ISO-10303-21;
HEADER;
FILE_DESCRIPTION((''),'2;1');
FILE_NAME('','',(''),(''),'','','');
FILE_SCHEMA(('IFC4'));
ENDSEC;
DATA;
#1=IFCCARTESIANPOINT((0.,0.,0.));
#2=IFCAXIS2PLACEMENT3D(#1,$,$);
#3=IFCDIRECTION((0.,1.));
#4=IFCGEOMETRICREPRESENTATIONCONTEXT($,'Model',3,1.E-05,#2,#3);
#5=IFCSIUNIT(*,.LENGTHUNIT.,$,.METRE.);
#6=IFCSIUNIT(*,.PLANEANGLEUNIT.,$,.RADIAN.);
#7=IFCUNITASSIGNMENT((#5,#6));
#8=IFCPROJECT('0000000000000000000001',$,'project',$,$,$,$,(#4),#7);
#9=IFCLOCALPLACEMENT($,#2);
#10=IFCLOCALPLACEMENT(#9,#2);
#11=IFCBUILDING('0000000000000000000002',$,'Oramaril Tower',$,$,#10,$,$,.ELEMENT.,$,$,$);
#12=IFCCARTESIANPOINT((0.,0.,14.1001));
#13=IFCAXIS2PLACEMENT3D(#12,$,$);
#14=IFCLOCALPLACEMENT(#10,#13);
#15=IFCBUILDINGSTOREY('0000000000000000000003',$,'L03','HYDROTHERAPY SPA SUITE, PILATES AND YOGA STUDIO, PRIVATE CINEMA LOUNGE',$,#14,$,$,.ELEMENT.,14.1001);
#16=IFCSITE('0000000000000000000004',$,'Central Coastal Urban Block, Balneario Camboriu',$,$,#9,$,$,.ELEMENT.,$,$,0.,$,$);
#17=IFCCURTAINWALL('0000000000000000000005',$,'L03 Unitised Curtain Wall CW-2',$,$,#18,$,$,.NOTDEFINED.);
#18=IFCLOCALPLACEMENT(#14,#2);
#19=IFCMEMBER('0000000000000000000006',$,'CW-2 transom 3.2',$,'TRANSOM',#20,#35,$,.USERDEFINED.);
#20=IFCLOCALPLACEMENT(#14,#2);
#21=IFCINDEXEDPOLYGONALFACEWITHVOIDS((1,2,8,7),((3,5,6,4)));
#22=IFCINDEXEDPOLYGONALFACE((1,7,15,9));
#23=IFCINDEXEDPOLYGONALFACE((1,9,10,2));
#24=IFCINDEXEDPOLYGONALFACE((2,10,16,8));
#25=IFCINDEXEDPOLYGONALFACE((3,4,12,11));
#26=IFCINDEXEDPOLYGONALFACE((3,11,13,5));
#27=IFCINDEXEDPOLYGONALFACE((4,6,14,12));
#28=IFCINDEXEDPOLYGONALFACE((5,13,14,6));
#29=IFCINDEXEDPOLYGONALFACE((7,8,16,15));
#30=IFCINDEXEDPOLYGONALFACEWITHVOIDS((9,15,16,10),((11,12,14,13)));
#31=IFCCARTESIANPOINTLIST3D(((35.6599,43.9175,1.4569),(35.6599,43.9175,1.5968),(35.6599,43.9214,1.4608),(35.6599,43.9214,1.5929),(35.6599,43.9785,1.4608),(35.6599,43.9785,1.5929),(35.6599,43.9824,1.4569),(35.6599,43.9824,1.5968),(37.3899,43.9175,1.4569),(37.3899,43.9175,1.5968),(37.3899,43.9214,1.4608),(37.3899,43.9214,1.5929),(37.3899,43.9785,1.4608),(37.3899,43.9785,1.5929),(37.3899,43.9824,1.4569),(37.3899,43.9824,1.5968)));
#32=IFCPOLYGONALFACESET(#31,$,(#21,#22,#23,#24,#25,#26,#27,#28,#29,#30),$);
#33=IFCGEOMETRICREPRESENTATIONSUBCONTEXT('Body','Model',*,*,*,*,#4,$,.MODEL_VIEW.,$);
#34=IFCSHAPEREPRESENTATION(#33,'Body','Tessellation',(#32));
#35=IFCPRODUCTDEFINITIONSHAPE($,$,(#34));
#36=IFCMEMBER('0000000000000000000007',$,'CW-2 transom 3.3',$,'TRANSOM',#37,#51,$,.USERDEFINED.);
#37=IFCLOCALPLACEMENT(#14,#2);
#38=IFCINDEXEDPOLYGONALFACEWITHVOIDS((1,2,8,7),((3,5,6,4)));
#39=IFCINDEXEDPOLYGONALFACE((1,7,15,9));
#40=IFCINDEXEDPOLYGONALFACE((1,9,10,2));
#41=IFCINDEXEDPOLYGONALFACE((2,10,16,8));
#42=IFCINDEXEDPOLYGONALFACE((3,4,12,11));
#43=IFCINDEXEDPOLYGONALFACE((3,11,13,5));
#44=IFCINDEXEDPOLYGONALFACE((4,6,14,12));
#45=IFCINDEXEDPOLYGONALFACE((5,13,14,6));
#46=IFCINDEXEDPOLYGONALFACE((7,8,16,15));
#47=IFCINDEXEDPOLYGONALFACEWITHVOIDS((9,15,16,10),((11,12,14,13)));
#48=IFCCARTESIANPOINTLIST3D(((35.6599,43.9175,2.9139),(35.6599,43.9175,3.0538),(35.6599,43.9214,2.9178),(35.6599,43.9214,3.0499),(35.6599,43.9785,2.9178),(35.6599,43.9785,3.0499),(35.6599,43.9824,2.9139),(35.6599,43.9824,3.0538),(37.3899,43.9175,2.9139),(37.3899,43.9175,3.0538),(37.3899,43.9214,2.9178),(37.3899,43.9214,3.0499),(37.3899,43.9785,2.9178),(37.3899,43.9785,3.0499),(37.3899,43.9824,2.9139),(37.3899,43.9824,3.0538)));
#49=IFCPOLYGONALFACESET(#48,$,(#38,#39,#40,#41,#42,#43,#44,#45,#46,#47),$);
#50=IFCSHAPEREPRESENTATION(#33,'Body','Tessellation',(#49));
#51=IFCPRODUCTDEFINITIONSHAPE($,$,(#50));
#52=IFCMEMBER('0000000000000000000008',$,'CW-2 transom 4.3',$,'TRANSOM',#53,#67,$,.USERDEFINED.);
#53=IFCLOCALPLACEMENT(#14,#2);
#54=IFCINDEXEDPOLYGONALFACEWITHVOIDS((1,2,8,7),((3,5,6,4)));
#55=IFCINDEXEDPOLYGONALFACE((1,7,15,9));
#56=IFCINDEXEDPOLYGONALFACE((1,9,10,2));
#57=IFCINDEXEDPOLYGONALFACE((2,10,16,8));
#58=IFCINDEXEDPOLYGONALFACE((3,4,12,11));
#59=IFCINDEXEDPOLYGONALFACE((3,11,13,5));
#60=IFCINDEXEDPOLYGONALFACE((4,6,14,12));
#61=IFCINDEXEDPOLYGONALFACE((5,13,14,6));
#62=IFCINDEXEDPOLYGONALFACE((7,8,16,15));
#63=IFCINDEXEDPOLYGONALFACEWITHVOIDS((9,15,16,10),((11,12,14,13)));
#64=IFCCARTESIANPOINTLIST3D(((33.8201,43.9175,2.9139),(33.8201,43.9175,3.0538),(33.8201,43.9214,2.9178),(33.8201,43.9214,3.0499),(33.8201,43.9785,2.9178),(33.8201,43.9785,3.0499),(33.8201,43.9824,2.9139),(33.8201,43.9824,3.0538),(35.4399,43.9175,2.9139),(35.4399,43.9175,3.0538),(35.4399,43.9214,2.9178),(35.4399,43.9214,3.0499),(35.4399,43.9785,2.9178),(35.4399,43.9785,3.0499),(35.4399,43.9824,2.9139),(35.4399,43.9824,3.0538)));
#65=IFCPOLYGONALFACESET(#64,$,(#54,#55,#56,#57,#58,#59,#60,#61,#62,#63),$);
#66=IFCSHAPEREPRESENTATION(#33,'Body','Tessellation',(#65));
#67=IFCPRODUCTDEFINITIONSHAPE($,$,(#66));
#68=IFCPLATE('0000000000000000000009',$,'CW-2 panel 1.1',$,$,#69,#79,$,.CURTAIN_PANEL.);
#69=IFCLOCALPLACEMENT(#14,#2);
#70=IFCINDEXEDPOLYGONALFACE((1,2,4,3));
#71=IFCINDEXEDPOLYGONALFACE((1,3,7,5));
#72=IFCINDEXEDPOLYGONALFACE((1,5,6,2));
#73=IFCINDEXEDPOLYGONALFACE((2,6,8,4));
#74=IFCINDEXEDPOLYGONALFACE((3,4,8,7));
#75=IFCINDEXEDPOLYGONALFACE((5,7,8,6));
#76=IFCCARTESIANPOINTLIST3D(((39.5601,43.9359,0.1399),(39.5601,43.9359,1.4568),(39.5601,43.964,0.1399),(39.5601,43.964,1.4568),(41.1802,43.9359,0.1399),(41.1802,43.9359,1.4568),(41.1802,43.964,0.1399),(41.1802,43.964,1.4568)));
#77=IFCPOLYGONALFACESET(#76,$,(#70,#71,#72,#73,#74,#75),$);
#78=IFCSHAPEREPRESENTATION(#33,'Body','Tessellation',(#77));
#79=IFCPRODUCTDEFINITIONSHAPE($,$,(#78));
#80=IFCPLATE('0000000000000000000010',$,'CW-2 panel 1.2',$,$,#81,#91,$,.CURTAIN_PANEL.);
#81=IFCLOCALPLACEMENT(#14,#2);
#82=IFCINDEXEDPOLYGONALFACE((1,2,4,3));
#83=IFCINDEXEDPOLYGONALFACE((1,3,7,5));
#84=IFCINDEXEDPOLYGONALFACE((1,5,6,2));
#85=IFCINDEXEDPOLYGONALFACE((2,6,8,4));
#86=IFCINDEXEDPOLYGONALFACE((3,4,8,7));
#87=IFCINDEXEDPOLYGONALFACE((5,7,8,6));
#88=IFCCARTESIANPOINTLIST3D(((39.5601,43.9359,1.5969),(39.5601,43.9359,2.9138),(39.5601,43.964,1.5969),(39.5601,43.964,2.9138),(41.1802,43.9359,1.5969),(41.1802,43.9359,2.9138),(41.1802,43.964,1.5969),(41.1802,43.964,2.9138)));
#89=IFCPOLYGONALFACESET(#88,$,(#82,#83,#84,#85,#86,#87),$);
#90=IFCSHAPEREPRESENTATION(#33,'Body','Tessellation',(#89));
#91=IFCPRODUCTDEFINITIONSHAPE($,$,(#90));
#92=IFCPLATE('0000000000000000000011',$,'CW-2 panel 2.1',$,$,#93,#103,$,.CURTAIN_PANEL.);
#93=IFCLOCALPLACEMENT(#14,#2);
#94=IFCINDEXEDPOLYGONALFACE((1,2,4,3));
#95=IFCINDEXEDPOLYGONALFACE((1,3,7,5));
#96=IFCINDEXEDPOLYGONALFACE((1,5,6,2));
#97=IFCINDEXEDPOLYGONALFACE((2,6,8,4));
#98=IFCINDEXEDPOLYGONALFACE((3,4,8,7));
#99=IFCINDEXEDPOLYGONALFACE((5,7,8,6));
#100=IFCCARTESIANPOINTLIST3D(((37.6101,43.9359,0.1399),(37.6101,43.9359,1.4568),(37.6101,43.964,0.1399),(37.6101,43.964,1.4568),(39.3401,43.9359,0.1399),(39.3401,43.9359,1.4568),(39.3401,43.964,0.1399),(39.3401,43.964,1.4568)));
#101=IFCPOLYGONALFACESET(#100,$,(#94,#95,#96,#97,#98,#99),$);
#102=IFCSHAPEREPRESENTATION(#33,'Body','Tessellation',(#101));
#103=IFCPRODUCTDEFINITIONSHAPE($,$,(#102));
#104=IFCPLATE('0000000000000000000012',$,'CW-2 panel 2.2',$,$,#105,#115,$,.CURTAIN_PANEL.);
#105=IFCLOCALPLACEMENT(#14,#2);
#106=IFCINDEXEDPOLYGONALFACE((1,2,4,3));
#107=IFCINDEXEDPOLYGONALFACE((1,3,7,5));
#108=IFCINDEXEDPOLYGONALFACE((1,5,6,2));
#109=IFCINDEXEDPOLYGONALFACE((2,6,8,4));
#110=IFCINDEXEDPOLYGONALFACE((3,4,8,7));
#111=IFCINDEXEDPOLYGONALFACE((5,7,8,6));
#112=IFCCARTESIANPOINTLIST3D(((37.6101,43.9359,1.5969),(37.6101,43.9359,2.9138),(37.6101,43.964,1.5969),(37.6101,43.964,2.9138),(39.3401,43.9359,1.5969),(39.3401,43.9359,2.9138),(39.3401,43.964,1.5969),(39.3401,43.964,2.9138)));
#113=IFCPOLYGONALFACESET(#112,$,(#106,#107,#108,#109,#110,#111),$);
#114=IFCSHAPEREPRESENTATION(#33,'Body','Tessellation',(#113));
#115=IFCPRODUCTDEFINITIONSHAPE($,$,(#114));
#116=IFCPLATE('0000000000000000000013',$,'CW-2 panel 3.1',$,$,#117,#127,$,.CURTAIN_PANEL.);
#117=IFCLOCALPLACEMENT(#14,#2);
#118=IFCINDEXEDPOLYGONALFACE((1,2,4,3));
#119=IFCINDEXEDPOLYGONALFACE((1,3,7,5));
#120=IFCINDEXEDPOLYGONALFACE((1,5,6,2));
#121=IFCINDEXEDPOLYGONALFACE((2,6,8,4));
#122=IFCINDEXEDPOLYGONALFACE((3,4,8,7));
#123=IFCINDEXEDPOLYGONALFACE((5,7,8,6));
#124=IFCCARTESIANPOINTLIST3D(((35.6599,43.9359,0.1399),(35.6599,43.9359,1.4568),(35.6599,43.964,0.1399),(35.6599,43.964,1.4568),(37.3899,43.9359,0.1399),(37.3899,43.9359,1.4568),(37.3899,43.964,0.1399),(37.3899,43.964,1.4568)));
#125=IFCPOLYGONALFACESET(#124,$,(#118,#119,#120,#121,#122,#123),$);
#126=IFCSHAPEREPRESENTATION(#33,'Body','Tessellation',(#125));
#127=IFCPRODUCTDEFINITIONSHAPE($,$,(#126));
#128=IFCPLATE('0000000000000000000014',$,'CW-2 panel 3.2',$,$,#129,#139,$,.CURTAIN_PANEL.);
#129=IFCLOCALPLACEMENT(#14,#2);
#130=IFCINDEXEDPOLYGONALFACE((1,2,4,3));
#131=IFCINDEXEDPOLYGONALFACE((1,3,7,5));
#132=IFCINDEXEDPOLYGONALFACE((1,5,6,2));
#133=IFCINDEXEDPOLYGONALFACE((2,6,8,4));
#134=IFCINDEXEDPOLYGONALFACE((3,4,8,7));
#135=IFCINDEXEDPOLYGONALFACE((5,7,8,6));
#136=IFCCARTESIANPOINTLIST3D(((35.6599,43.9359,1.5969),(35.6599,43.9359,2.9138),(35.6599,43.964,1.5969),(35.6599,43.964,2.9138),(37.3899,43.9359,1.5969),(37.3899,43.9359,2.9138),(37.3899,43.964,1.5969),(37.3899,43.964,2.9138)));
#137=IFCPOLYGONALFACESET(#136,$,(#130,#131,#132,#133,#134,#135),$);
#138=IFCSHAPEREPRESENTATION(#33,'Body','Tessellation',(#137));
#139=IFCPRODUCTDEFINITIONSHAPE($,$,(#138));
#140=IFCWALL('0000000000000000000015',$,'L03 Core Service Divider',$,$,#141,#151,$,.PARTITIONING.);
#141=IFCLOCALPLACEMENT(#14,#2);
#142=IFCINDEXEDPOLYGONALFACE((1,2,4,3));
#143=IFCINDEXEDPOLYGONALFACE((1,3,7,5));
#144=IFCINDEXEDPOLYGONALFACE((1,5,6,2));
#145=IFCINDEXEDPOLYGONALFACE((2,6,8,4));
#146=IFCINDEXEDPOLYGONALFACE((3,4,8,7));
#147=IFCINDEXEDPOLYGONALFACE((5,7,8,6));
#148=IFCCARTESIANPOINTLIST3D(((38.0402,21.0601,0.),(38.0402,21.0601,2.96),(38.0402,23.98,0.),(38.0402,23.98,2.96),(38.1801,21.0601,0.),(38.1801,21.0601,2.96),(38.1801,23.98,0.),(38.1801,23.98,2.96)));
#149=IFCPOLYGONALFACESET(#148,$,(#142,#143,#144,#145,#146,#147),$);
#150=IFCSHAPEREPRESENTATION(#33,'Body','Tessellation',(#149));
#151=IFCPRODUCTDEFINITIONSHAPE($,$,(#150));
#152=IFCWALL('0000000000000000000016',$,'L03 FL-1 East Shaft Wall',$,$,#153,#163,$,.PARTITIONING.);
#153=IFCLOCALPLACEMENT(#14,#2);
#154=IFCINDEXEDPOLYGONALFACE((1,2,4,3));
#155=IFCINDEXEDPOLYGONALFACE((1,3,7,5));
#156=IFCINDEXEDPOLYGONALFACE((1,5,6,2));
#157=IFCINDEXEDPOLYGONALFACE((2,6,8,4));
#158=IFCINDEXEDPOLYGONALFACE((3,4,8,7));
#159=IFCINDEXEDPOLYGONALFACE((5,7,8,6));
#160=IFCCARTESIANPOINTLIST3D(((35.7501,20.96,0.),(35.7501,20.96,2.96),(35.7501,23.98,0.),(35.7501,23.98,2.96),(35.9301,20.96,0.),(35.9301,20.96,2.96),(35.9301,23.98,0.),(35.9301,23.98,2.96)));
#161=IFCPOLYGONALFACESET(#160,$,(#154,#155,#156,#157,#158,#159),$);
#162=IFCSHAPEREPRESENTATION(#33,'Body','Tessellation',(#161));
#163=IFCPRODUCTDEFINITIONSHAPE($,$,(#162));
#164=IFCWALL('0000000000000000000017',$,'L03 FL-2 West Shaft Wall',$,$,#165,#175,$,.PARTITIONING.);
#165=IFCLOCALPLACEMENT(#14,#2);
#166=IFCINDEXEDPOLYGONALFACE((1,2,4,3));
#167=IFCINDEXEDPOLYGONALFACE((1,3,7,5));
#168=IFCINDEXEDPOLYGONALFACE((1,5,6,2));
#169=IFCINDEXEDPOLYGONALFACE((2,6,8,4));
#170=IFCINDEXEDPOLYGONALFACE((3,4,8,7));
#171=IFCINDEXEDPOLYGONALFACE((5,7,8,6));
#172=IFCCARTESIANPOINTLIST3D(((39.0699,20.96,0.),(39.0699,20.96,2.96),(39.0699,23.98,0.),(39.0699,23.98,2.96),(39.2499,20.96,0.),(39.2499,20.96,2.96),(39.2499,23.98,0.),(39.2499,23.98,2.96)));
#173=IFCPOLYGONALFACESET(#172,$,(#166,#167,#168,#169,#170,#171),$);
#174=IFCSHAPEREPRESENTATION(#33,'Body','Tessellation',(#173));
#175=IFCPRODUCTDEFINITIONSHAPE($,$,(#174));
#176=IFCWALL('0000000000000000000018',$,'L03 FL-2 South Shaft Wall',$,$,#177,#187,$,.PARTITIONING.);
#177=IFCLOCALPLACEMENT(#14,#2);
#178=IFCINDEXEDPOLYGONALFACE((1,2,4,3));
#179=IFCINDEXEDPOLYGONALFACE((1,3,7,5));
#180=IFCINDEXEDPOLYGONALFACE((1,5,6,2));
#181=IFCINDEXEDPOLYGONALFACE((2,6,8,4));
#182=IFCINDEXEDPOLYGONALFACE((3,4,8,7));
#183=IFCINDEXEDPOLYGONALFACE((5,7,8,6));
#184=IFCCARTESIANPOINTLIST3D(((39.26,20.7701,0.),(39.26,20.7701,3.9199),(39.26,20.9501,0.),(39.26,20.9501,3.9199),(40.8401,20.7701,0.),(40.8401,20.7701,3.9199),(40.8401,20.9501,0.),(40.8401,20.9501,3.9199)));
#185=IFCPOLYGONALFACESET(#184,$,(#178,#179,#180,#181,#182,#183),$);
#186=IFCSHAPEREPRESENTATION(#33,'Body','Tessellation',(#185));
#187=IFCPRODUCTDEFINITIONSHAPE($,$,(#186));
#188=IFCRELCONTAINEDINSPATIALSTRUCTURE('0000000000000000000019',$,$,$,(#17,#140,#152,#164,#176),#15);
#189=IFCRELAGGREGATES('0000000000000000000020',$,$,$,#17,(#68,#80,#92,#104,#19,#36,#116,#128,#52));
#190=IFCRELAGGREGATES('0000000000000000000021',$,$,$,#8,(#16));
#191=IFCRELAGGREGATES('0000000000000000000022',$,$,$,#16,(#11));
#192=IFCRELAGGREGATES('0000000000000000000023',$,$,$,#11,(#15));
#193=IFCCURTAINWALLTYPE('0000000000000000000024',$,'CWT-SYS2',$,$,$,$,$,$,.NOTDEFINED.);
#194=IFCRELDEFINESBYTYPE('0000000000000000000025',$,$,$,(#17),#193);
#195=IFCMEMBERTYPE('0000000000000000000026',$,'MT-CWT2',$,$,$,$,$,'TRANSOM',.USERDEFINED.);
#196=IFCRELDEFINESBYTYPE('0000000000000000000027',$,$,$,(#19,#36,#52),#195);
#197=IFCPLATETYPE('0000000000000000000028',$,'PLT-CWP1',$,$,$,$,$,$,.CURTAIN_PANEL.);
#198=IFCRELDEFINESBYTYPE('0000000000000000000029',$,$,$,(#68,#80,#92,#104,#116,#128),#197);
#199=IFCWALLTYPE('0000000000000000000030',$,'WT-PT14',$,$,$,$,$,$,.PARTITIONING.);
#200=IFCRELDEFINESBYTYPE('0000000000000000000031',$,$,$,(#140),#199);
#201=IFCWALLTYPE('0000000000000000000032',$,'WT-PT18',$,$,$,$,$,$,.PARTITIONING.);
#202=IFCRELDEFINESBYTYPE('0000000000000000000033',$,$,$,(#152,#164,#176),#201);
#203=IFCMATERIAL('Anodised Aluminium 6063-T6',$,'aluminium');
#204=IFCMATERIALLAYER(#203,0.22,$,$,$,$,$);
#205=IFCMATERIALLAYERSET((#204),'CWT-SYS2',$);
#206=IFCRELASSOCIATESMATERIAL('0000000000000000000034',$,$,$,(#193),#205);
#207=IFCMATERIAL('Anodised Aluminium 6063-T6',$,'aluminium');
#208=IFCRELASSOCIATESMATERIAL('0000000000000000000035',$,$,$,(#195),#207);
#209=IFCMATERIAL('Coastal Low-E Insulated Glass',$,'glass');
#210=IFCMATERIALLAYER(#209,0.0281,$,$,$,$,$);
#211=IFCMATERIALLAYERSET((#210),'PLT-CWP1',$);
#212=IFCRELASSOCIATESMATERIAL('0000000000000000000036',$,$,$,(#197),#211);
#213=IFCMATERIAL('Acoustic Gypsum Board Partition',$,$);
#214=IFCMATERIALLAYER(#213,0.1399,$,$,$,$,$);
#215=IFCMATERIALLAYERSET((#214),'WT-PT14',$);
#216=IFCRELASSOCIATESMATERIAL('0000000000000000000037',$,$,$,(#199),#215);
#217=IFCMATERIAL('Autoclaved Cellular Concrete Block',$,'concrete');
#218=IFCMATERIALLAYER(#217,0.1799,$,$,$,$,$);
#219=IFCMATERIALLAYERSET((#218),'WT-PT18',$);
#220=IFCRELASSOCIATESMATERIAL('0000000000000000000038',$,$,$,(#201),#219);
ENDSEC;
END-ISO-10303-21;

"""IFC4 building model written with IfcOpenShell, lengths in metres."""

from ifc_helpers import new_model, si_unit, direction, frame, frame_2d, origin, origin_2d, place, context, subcontext, project, spatial, rectangle, hollow_rectangle, extrude, material, layer, layer_set, material_profile, profile_set, type_object, element, aggregate, save


model = new_model("IFC4")

# Units and contexts
model_context = context("Model", 3, precision=1e-05, world=origin(), true_north=direction((0.0, 1.0)))
body_context = subcontext(model_context, "Body", "Model", "MODEL_VIEW")
ifc_project = project(units=[si_unit("LENGTHUNIT", "METRE"), si_unit("PLANEANGLEUNIT", "RADIAN")], contexts=[model_context])

# Site, building, storey
site_placement = place(None, origin())
site = spatial("IfcSite", under=ifc_project, at=site_placement, Name="Central Coastal Urban Block, Balneario Camboriu", CompositionType="ELEMENT", RefElevation=0.0)
building_placement = place(site_placement, origin())
building = spatial("IfcBuilding", under=site, at=building_placement, Name="Oramaril Tower", CompositionType="ELEMENT")
storey_placement = place(building_placement, frame((0.0, 0.0, 14.1001)))
storey = spatial("IfcBuildingStorey", under=building, at=storey_placement, Name="L03", Description="HYDROTHERAPY SPA SUITE, PILATES AND YOGA STUDIO, PRIVATE CINEMA LOUNGE", CompositionType="ELEMENT", Elevation=14.1001)

# Curtain wall, members, plates
ifc_material_1 = material(Name="Anodised Aluminium 6063-T6", Category="aluminium")
ifc_layer_1 = layer(ifc_material_1, 0.22)
ifc_layer_set_1 = layer_set([ifc_layer_1], Name="CWT-SYS2")
curtain_wall_type = type_object("IfcCurtainWallType", Name="CWT-SYS2", PredefinedType="NOTDEFINED", material=ifc_layer_set_1)
curtain_wall_placement = place(storey_placement, origin())
curtain_wall = element("IfcCurtainWall", 1, at=curtain_wall_placement, inside=storey, type_object=curtain_wall_type, Name="L03 Unitised Curtain Wall CW-2", PredefinedType="NOTDEFINED")
ifc_material_2 = material(Name="Anodised Aluminium 6063-T6", Category="aluminium")
ifc_material_profile_1 = material_profile(ifc_material_2, hollow_rectangle(XDim=0.0649, YDim=0.1399, WallThickness=0.0039, at=origin_2d()), Name="CWT140X65")
ifc_profile_set_1 = profile_set([ifc_material_profile_1], Name="Anodised Aluminium 6063-T6")
member_type_1 = type_object("IfcMemberType", Name="MT-CWT2", ElementType="TRANSOM", PredefinedType="USERDEFINED", material=ifc_profile_set_1)
member_1_placement = place(storey_placement, frame((37.3899, 43.95, 1.5269), z_axis=(-1.0, 0.0, 0.0), x_axis=(0.0, -1.0, 0.0)))
member_1 = element("IfcMember", 2, at=member_1_placement, type_object=member_type_1, Name="CW-2 transom 3.2", ObjectType="TRANSOM", PredefinedType="USERDEFINED", context=body_context, shape_type="SweptSolid", body=[
    extrude(hollow_rectangle(XDim=0.0649, YDim=0.1399, WallThickness=0.0039, at=origin_2d()), origin(), (0.0, 0.0, 1.0), 1.73),
])
member_2_placement = place(storey_placement, frame((37.3899, 43.95, 2.9839), z_axis=(-1.0, 0.0, 0.0), x_axis=(0.0, -1.0, 0.0)))
member_2 = element("IfcMember", 3, at=member_2_placement, type_object=member_type_1, Name="CW-2 transom 3.3", ObjectType="TRANSOM", PredefinedType="USERDEFINED", context=body_context, shape_type="SweptSolid", body=[
    extrude(hollow_rectangle(XDim=0.0649, YDim=0.1399, WallThickness=0.0039, at=origin_2d()), origin(), (0.0, 0.0, 1.0), 1.73),
])
member_3_placement = place(storey_placement, frame((35.4399, 43.95, 2.9839), z_axis=(-1.0, 0.0, 0.0), x_axis=(0.0, -1.0, 0.0)))
member_3 = element("IfcMember", 4, at=member_3_placement, type_object=member_type_1, Name="CW-2 transom 4.3", ObjectType="TRANSOM", PredefinedType="USERDEFINED", context=body_context, shape_type="SweptSolid", body=[
    extrude(hollow_rectangle(XDim=0.0649, YDim=0.1399, WallThickness=0.0039, at=origin_2d()), origin(), (0.0, 0.0, 1.0), 1.6199),
])
ifc_material_3 = material(Name="Coastal Low-E Insulated Glass", Category="glass")
ifc_layer_2 = layer(ifc_material_3, 0.0281)
ifc_layer_set_2 = layer_set([ifc_layer_2], Name="PLT-CWP1")
plate_type = type_object("IfcPlateType", Name="PLT-CWP1", PredefinedType="CURTAIN_PANEL", material=ifc_layer_set_2)
plate_1_placement = place(storey_placement, frame((40.3701, 43.95, 0.1399), z_axis=(0.0, 0.0, 1.0), x_axis=(-1.0, 0.0, 0.0)))
plate_1 = element("IfcPlate", 5, at=plate_1_placement, type_object=plate_type, Name="CW-2 panel 1.1", PredefinedType="CURTAIN_PANEL", context=body_context, shape_type="SweptSolid", body=[
    extrude(rectangle(XDim=1.6201, YDim=0.0281, at=origin_2d()), origin(), (0.0, 0.0, 1.0), 1.3169),
])
plate_2_placement = place(storey_placement, frame((40.3701, 43.95, 1.5969), z_axis=(0.0, 0.0, 1.0), x_axis=(-1.0, 0.0, 0.0)))
plate_2 = element("IfcPlate", 6, at=plate_2_placement, type_object=plate_type, Name="CW-2 panel 1.2", PredefinedType="CURTAIN_PANEL", context=body_context, shape_type="SweptSolid", body=[
    extrude(rectangle(XDim=1.6201, YDim=0.0281, at=origin_2d()), origin(), (0.0, 0.0, 1.0), 1.3169),
])
plate_3_placement = place(storey_placement, frame((38.4751, 43.95, 0.1399), z_axis=(0.0, 0.0, 1.0), x_axis=(-1.0, 0.0, 0.0)))
plate_3 = element("IfcPlate", 7, at=plate_3_placement, type_object=plate_type, Name="CW-2 panel 2.1", PredefinedType="CURTAIN_PANEL", context=body_context, shape_type="SweptSolid", body=[
    extrude(rectangle(XDim=1.73, YDim=0.0281, at=origin_2d()), origin(), (0.0, 0.0, 1.0), 1.3169),
])
plate_4_placement = place(storey_placement, frame((38.4751, 43.95, 1.5969), z_axis=(0.0, 0.0, 1.0), x_axis=(-1.0, 0.0, 0.0)))
plate_4 = element("IfcPlate", 8, at=plate_4_placement, type_object=plate_type, Name="CW-2 panel 2.2", PredefinedType="CURTAIN_PANEL", context=body_context, shape_type="SweptSolid", body=[
    extrude(rectangle(XDim=1.73, YDim=0.0281, at=origin_2d()), origin(), (0.0, 0.0, 1.0), 1.3169),
])
plate_5_placement = place(storey_placement, frame((36.5249, 43.95, 0.1399), z_axis=(0.0, 0.0, 1.0), x_axis=(-1.0, 0.0, 0.0)))
plate_5 = element("IfcPlate", 9, at=plate_5_placement, type_object=plate_type, Name="CW-2 panel 3.1", PredefinedType="CURTAIN_PANEL", context=body_context, shape_type="SweptSolid", body=[
    extrude(rectangle(XDim=1.73, YDim=0.0281, at=origin_2d()), origin(), (0.0, 0.0, 1.0), 1.3169),
])
plate_6_placement = place(storey_placement, frame((36.5249, 43.95, 1.5969), z_axis=(0.0, 0.0, 1.0), x_axis=(-1.0, 0.0, 0.0)))
plate_6 = element("IfcPlate", 10, at=plate_6_placement, type_object=plate_type, Name="CW-2 panel 3.2", PredefinedType="CURTAIN_PANEL", context=body_context, shape_type="SweptSolid", body=[
    extrude(rectangle(XDim=1.73, YDim=0.0281, at=origin_2d()), origin(), (0.0, 0.0, 1.0), 1.3169),
])
aggregate(curtain_wall, [plate_1, plate_2, plate_3, plate_4, member_1, member_2, plate_5, plate_6, member_3])

# Walls
ifc_material_4 = material(Name="Acoustic Gypsum Board Partition")
ifc_layer_3 = layer(ifc_material_4, 0.1399)
ifc_layer_set_3 = layer_set([ifc_layer_3], Name="WT-PT14")
wall_type_1 = type_object("IfcWallType", Name="WT-PT14", PredefinedType="PARTITIONING", material=ifc_layer_set_3)
wall_1_placement = place(storey_placement, frame((38.1101, 21.0601, 0.0), z_axis=(0.0, 0.0, 1.0), x_axis=(0.0, 1.0, 0.0)))
element("IfcWall", 11, at=wall_1_placement, inside=storey, type_object=wall_type_1, Name="L03 Core Service Divider", PredefinedType="PARTITIONING", context=body_context, shape_type="SweptSolid", body=[
    extrude(rectangle(XDim=2.9199, YDim=0.1399, at=frame_2d((1.46, 0.0))), origin(), (0.0, 0.0, 1.0), 2.96),
])
ifc_material_5 = material(Name="Autoclaved Cellular Concrete Block", Category="concrete")
ifc_layer_4 = layer(ifc_material_5, 0.1799)
ifc_layer_set_4 = layer_set([ifc_layer_4], Name="WT-PT18")
wall_type_2 = type_object("IfcWallType", Name="WT-PT18", PredefinedType="PARTITIONING", material=ifc_layer_set_4)
for number, where, z_axis, x_axis, name in (
    (12, (35.8401, 20.96, 0.0), (0.0, 0.0, 1.0), (0.0, 1.0, 0.0), "L03 FL-1 East Shaft Wall"),
    (13, (39.1599, 20.96, 0.0), (0.0, 0.0, 1.0), (0.0, 1.0, 0.0), "L03 FL-2 West Shaft Wall"),
):
    element("IfcWall", number, at=place(storey_placement, frame(where, z_axis=z_axis, x_axis=x_axis)), inside=storey, type_object=wall_type_2, Name=name, PredefinedType="PARTITIONING", context=body_context, shape_type="SweptSolid", body=[
        extrude(rectangle(XDim=3.02, YDim=0.1799, at=frame_2d((1.51, 0.0))), origin(), (0.0, 0.0, 1.0), 2.96),
    ])
wall_2_placement = place(storey_placement, frame((39.26, 20.8601, 0.0), z_axis=(0.0, 0.0, 1.0), x_axis=(1.0, 0.0, 0.0)))
element("IfcWall", 14, at=wall_2_placement, inside=storey, type_object=wall_type_2, Name="L03 FL-2 South Shaft Wall", PredefinedType="PARTITIONING", context=body_context, shape_type="SweptSolid", body=[
    extrude(rectangle(XDim=1.5801, YDim=0.1799, at=frame_2d((0.79, 0.0))), origin(), (0.0, 0.0, 1.0), 3.9199),
])

save(model, "model.ifc")
